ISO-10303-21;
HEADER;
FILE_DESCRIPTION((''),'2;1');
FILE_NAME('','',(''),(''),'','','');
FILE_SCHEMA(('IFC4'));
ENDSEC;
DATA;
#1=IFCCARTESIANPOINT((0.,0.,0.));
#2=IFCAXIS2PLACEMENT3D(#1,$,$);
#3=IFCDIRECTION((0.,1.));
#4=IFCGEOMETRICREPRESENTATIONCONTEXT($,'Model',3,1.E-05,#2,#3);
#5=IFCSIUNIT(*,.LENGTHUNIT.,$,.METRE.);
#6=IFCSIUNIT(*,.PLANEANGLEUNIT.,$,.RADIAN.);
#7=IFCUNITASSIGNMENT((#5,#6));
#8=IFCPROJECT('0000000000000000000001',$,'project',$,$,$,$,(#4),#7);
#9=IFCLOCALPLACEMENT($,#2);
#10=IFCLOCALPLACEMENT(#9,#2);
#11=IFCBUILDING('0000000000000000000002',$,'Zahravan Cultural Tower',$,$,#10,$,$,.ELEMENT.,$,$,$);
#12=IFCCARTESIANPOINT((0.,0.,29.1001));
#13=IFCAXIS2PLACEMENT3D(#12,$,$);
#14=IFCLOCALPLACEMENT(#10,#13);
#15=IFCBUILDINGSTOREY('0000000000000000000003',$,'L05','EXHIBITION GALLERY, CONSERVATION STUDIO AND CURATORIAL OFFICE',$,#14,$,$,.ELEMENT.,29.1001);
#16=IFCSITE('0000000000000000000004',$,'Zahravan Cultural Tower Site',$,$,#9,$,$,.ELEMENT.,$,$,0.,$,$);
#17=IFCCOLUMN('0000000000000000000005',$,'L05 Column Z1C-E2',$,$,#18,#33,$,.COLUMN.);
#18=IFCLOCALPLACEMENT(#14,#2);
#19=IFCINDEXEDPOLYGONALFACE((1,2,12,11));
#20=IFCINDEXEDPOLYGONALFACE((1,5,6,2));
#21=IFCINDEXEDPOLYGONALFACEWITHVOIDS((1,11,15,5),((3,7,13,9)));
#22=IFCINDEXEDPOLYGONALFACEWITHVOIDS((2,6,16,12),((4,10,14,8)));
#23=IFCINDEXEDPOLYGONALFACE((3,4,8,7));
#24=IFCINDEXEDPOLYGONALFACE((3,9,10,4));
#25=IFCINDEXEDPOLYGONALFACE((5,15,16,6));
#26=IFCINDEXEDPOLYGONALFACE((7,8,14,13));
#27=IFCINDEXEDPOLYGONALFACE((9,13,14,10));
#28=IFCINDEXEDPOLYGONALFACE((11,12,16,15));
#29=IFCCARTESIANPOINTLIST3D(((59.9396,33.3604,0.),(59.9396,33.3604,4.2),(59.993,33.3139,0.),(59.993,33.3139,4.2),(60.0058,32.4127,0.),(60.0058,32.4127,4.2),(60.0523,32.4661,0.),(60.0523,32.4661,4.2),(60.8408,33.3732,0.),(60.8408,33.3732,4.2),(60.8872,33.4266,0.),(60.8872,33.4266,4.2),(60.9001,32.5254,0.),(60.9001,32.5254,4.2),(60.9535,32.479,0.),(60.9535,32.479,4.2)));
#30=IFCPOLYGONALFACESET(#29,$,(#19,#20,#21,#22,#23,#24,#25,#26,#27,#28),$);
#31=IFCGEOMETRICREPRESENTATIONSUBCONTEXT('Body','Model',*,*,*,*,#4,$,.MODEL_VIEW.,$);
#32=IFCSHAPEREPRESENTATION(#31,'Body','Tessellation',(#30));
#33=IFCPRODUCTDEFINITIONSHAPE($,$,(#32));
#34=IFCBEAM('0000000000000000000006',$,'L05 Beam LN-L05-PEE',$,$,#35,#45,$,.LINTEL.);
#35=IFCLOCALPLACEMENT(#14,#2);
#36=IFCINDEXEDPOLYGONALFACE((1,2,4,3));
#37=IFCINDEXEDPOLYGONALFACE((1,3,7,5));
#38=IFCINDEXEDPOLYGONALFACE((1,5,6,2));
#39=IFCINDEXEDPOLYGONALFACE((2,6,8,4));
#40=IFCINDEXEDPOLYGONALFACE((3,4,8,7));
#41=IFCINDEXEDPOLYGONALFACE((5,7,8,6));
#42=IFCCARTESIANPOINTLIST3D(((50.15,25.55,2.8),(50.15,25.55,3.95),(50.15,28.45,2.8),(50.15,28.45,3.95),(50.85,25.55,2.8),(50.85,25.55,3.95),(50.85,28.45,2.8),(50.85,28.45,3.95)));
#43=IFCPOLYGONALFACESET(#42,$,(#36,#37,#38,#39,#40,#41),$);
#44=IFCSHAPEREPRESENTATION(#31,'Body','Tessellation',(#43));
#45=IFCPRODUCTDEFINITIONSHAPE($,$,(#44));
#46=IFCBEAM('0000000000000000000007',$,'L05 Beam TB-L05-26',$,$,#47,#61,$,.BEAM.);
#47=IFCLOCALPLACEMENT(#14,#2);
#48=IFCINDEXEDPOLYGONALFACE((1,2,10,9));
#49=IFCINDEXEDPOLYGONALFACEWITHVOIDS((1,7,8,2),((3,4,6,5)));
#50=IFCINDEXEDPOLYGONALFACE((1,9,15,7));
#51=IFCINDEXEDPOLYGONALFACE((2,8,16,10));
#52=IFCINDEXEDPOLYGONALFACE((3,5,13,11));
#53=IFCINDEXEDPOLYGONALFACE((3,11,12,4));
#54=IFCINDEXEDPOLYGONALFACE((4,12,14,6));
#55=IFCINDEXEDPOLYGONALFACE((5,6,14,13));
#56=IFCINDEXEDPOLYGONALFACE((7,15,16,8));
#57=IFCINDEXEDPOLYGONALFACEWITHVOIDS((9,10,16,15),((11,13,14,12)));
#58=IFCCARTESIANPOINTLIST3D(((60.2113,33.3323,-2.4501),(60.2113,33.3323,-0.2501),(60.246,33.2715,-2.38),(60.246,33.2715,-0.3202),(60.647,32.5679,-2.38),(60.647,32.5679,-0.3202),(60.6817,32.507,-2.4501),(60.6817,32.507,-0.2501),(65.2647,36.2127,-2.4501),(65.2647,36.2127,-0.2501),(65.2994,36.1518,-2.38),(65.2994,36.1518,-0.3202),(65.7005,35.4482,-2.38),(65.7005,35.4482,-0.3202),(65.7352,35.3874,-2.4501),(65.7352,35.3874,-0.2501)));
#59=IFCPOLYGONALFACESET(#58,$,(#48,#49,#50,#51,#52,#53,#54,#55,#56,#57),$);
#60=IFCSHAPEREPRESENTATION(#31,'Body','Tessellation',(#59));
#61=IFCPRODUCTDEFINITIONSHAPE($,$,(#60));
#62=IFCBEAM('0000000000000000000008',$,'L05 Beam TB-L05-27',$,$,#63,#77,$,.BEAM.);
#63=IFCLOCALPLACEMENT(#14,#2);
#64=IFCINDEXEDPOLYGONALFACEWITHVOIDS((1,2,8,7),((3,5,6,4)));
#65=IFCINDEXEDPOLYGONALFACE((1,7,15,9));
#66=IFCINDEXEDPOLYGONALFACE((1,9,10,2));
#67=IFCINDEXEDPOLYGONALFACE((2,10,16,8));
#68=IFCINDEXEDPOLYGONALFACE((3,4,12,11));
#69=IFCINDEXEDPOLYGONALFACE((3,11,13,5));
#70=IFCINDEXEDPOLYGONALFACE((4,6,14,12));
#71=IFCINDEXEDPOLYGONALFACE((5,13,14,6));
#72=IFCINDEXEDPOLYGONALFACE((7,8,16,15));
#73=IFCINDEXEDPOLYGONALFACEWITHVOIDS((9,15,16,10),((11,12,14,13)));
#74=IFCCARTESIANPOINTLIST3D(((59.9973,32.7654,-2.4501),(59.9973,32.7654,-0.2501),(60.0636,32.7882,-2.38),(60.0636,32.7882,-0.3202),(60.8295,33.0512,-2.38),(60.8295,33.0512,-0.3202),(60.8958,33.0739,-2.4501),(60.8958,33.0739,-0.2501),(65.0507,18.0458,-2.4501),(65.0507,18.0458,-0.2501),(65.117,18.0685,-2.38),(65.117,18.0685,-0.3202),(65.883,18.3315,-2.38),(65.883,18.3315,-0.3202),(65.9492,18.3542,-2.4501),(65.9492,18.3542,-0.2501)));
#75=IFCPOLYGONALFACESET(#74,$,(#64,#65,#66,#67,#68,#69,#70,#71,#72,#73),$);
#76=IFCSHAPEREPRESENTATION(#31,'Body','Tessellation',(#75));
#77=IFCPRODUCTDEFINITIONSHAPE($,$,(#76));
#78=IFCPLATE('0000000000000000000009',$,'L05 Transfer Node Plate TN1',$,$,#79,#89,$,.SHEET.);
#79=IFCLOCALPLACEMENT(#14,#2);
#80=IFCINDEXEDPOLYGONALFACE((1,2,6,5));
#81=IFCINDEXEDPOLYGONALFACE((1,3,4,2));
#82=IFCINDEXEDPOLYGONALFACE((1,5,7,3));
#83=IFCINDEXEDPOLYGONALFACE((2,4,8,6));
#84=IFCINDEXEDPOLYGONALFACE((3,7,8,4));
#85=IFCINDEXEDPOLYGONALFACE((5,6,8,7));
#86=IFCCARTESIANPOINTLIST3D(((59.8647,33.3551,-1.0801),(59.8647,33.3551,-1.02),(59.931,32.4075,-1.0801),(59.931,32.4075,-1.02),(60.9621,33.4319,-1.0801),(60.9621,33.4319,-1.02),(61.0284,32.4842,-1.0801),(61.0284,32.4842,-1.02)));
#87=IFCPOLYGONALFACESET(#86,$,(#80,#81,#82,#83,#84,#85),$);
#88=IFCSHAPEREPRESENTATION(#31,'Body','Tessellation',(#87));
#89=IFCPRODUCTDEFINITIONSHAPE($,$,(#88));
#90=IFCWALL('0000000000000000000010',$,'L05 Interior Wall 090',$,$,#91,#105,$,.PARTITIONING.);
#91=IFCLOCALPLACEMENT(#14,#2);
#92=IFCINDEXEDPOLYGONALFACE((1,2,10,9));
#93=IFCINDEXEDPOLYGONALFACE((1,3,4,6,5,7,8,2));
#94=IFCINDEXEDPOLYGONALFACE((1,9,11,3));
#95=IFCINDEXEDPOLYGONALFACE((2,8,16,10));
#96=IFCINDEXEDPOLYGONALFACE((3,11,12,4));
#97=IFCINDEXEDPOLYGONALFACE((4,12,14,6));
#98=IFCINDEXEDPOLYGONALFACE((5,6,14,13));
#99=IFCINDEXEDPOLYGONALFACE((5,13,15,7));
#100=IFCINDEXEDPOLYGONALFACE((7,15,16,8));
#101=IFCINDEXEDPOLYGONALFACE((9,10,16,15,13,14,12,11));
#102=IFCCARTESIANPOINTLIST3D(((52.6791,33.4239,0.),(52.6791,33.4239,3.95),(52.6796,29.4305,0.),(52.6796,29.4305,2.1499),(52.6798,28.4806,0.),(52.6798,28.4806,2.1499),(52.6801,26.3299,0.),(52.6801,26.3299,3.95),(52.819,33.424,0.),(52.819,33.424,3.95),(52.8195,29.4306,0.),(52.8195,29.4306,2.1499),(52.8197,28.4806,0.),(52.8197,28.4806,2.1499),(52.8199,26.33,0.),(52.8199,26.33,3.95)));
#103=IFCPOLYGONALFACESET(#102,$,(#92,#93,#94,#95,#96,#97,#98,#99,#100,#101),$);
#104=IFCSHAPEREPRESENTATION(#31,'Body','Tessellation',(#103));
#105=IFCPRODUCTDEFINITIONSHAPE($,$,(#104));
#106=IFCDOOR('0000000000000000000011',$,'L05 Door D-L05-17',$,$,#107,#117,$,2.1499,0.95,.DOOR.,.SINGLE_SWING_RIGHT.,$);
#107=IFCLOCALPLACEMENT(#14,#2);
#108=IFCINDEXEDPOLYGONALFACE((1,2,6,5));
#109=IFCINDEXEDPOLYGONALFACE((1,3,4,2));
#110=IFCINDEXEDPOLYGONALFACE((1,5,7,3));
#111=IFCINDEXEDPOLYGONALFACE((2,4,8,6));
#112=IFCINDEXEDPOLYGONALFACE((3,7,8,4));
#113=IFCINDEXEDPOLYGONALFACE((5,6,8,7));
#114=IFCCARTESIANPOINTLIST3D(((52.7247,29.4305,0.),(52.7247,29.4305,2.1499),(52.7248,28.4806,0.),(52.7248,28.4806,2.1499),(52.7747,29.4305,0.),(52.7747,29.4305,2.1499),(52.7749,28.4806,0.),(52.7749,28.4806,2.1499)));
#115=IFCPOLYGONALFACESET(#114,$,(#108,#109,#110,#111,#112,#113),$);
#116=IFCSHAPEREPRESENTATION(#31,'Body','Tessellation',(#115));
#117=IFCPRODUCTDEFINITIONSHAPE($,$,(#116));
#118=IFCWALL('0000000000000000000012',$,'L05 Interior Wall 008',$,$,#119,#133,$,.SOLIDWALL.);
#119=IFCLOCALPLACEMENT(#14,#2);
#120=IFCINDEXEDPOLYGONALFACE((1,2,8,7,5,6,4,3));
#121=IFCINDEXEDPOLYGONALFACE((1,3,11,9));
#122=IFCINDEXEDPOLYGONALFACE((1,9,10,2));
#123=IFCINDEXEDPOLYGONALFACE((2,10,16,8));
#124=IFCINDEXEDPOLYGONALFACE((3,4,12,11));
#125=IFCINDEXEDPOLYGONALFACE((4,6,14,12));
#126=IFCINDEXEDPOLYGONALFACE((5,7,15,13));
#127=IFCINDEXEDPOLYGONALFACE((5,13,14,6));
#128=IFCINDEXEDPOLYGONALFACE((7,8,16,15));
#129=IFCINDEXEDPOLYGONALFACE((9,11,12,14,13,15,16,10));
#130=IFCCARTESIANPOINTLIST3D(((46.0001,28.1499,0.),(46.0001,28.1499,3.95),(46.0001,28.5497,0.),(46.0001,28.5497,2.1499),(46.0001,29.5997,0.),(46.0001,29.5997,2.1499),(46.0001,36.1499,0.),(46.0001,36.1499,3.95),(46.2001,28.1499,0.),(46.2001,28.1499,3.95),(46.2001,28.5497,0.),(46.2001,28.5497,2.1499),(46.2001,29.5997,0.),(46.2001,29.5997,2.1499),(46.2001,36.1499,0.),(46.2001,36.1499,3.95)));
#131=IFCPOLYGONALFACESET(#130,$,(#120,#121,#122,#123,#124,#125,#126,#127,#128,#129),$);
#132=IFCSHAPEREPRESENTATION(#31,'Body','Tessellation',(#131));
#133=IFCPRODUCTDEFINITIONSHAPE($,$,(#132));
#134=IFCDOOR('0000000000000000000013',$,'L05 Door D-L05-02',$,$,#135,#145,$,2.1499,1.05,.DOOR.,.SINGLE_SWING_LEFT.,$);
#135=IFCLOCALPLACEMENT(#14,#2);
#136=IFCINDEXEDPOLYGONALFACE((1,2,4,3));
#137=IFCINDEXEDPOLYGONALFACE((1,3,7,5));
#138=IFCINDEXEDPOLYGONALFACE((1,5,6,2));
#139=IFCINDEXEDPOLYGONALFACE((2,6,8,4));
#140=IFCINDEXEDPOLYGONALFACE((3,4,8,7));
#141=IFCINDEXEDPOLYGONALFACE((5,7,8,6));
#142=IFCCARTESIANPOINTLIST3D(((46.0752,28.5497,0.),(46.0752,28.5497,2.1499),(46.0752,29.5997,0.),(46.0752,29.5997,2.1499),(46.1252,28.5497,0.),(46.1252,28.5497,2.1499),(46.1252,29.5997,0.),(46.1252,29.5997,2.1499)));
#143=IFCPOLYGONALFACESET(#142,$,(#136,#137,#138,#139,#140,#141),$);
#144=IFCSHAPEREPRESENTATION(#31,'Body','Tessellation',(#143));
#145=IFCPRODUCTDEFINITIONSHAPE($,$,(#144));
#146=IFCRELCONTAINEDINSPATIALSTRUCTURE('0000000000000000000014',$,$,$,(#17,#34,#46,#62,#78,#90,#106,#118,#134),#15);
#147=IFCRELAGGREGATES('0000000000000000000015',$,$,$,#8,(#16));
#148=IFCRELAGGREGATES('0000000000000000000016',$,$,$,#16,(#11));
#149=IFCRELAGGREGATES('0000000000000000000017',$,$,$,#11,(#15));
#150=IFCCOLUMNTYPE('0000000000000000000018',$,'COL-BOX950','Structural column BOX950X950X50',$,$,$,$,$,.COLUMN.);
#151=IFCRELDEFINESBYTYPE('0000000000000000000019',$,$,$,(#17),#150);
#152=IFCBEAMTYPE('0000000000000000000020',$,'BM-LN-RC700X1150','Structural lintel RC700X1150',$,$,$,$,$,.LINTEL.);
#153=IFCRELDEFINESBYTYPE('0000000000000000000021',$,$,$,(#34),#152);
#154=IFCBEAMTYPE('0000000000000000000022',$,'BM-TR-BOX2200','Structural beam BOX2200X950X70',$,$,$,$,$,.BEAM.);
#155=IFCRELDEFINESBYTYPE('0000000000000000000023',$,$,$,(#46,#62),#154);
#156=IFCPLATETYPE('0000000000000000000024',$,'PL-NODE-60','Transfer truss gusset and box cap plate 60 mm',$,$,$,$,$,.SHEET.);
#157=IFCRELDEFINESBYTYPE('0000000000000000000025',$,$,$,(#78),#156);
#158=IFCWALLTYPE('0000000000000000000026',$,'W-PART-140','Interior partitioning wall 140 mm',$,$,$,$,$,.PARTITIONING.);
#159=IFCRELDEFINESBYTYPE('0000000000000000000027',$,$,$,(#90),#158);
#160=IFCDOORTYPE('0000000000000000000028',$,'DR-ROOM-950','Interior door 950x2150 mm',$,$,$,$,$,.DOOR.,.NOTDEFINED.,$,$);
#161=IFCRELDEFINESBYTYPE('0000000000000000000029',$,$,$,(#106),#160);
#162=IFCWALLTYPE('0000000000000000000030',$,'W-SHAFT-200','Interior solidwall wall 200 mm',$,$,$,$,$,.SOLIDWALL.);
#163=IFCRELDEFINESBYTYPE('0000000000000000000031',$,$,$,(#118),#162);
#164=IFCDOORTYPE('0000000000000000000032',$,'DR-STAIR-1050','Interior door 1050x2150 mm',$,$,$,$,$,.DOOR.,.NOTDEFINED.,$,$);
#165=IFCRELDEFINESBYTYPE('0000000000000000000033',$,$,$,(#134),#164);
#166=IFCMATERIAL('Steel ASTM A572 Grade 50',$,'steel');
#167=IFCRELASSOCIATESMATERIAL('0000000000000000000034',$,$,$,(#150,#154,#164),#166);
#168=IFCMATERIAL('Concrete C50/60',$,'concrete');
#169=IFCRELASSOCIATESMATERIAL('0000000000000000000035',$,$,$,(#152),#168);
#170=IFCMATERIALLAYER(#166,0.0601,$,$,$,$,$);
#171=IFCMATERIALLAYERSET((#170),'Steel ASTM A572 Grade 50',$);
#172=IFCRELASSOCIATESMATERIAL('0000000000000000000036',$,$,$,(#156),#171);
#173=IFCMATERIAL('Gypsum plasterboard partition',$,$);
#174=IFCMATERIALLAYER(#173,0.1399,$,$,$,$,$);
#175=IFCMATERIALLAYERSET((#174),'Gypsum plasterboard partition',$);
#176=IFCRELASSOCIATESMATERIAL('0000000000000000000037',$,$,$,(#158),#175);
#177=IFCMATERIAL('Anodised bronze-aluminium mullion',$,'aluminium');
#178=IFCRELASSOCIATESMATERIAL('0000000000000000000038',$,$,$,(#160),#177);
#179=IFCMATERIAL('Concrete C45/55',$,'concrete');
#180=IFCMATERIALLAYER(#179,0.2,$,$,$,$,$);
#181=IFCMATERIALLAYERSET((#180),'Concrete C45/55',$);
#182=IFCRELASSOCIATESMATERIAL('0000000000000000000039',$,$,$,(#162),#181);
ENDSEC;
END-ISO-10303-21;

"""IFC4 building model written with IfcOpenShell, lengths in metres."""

from ifc_helpers import new_model, si_unit, direction, frame, frame_2d, origin, origin_2d, place, context, subcontext, project, spatial, rectangle, hollow_rectangle, extrude, source, transform, mapped, material, layer, layer_set, material_profile, profile_set, type_object, element, fill, save


model = new_model("IFC4")

# Units and contexts
model_context = context("Model", 3, precision=1e-05, world=origin(), true_north=direction((0.0, 1.0)))
body_context = subcontext(model_context, "Body", "Model", "MODEL_VIEW")
ifc_project = project(units=[si_unit("LENGTHUNIT", "METRE"), si_unit("PLANEANGLEUNIT", "RADIAN")], contexts=[model_context])

# Site, building, storey
site_placement = place(None, origin())
site = spatial("IfcSite", under=ifc_project, at=site_placement, Name="Zahravan Cultural Tower Site", CompositionType="ELEMENT", RefElevation=0.0)
building_placement = place(site_placement, origin())
building = spatial("IfcBuilding", under=site, at=building_placement, Name="Zahravan Cultural Tower", CompositionType="ELEMENT")
storey_placement = place(building_placement, frame((0.0, 0.0, 29.1001)))
storey = spatial("IfcBuildingStorey", under=building, at=storey_placement, Name="L05", Description="EXHIBITION GALLERY, CONSERVATION STUDIO AND CURATORIAL OFFICE", CompositionType="ELEMENT", Elevation=29.1001)

# Column
ifc_material_1 = material(Name="Steel ASTM A572 Grade 50", Category="steel")
ifc_material_profile_1 = material_profile(ifc_material_1, hollow_rectangle(XDim=0.95, YDim=0.95, WallThickness=0.05, at=origin_2d()), Name="BOX950X950X50")
ifc_profile_set_1 = profile_set([ifc_material_profile_1], Name="Steel ASTM A572 Grade 50")
column_type = type_object("IfcColumnType", Name="COL-BOX950", Description="Structural column BOX950X950X50", PredefinedType="COLUMN", material=ifc_profile_set_1)
shared_shape_1 = source(origin(), body_context, "Body", "SweptSolid", [
    extrude(hollow_rectangle(XDim=0.95, YDim=0.95, WallThickness=0.05, at=origin_2d()), origin(), (0.0, 0.0, 1.0), 4.2),
])
column_placement = place(storey_placement, frame((60.4465, 32.9197, 0.0), z_axis=(0.0, 0.0, 1.0), x_axis=(0.997564, 0.069756, 0.0)))
element("IfcColumn", 1, at=column_placement, inside=storey, type_object=column_type, Name="L05 Column Z1C-E2", PredefinedType="COLUMN", context=body_context, shape_type="MappedRepresentation", body=[
    mapped(shared_shape_1, transform((0.0, 0.0, 0.0), x_axis=(1.0, 0.0, 0.0), y_axis=(0.0, 1.0, 0.0), z_axis=(0.0, 0.0, 1.0), scale=1.0)),
])

# Beams
ifc_material_2 = material(Name="Concrete C50/60", Category="concrete")
ifc_material_profile_2 = material_profile(ifc_material_2, rectangle(XDim=0.7, YDim=1.1499, at=origin_2d()), Name="RC700X1150")
ifc_profile_set_2 = profile_set([ifc_material_profile_2], Name="Concrete C50/60")
beam_type_1 = type_object("IfcBeamType", Name="BM-LN-RC700X1150", Description="Structural lintel RC700X1150", PredefinedType="LINTEL", material=ifc_profile_set_2)
shared_shape_2 = source(origin(), body_context, "Body", "SweptSolid", [
    extrude(rectangle(XDim=0.7, YDim=1.1499, at=origin_2d()), origin(), (0.0, 0.0, 1.0), 2.8999),
])
beam_1_placement = place(storey_placement, frame((50.5, 25.55, 3.375), z_axis=(0.0, 1.0, 0.0), x_axis=(-1.0, 0.0, 0.0)))
element("IfcBeam", 2, at=beam_1_placement, inside=storey, type_object=beam_type_1, Name="L05 Beam LN-L05-PEE", PredefinedType="LINTEL", context=body_context, shape_type="MappedRepresentation", body=[
    mapped(shared_shape_2, transform((0.0, 0.0, 0.0), x_axis=(1.0, 0.0, 0.0), y_axis=(0.0, 1.0, 0.0), z_axis=(0.0, 0.0, 1.0), scale=1.0)),
])
ifc_material_profile_3 = material_profile(ifc_material_1, hollow_rectangle(XDim=0.95, YDim=2.2, WallThickness=0.0701, at=origin_2d()), Name="BOX2200X950X70")
ifc_profile_set_3 = profile_set([ifc_material_profile_3], Name="Steel ASTM A572 Grade 50")
beam_type_2 = type_object("IfcBeamType", Name="BM-TR-BOX2200", Description="Structural beam BOX2200X950X70", PredefinedType="BEAM", material=ifc_profile_set_3)
shared_shape_3 = source(origin(), body_context, "Body", "SweptSolid", [
    extrude(hollow_rectangle(XDim=0.95, YDim=2.2, WallThickness=0.0701, at=origin_2d()), origin(), (0.0, 0.0, 1.0), 5.8167),
])
beam_2_placement = place(storey_placement, frame((60.4465, 32.9197, -1.3501), z_axis=(0.868785, 0.495189, 0.0), x_axis=(-0.495189, 0.868785, 0.0)))
element("IfcBeam", 3, at=beam_2_placement, inside=storey, type_object=beam_type_2, Name="L05 Beam TB-L05-26", PredefinedType="BEAM", context=body_context, shape_type="MappedRepresentation", body=[
    mapped(shared_shape_3, transform((0.0, 0.0, 0.0), x_axis=(1.0, 0.0, 0.0), y_axis=(0.0, 1.0, 0.0), z_axis=(0.0, 0.0, 1.0), scale=1.0)),
])
shared_shape_4 = source(origin(), body_context, "Body", "SweptSolid", [
    extrude(hollow_rectangle(XDim=0.95, YDim=2.2, WallThickness=0.0701, at=origin_2d()), origin(), (0.0, 0.0, 1.0), 15.563),
])
beam_3_placement = place(storey_placement, frame((60.4465, 32.9197, -1.3501), z_axis=(0.32471, -0.945814, 0.0), x_axis=(0.945814, 0.32471, 0.0)))
element("IfcBeam", 4, at=beam_3_placement, inside=storey, type_object=beam_type_2, Name="L05 Beam TB-L05-27", PredefinedType="BEAM", context=body_context, shape_type="MappedRepresentation", body=[
    mapped(shared_shape_4, transform((0.0, 0.0, 0.0), x_axis=(1.0, 0.0, 0.0), y_axis=(0.0, 1.0, 0.0), z_axis=(0.0, 0.0, 1.0), scale=1.0)),
])

# Plate
ifc_layer_1 = layer(ifc_material_1, 0.0601)
ifc_layer_set_1 = layer_set([ifc_layer_1], Name="Steel ASTM A572 Grade 50")
plate_type = type_object("IfcPlateType", Name="PL-NODE-60", Description="Transfer truss gusset and box cap plate 60 mm", PredefinedType="SHEET", material=ifc_layer_set_1)
shared_shape_5 = source(origin(), body_context, "Body", "SweptSolid", [
    extrude(rectangle(XDim=1.1001, YDim=0.95, at=origin_2d()), origin(), (0.0, 0.0, 1.0), 0.0601),
])
plate_placement = place(storey_placement, frame((60.4465, 32.9197, -1.0801), z_axis=(0.0, 0.0, 1.0), x_axis=(0.997564, 0.069756, 0.0)))
element("IfcPlate", 5, at=plate_placement, inside=storey, type_object=plate_type, Name="L05 Transfer Node Plate TN1", PredefinedType="SHEET", context=body_context, shape_type="MappedRepresentation", body=[
    mapped(shared_shape_5, transform((0.0, 0.0, 0.0), x_axis=(1.0, 0.0, 0.0), y_axis=(0.0, 1.0, 0.0), z_axis=(0.0, 0.0, 1.0), scale=1.0)),
])

# Walls, openings, doors
ifc_material_3 = material(Name="Gypsum plasterboard partition")
ifc_layer_2 = layer(ifc_material_3, 0.1399)
ifc_layer_set_2 = layer_set([ifc_layer_2], Name="Gypsum plasterboard partition")
wall_type_1 = type_object("IfcWallType", Name="W-PART-140", Description="Interior partitioning wall 140 mm", PredefinedType="PARTITIONING", material=ifc_layer_set_2)
wall_1_placement = place(storey_placement, frame((52.75, 26.3301, 0.0), z_axis=(0.0, 0.0, 1.0), x_axis=(-0.000138, 1.0, 0.0)))
wall_1 = element("IfcWall", 6, at=wall_1_placement, inside=storey, type_object=wall_type_1, Name="L05 Interior Wall 090", PredefinedType="PARTITIONING", context=body_context, shape_type="SweptSolid", body=[
    extrude(rectangle(XDim=7.094, YDim=0.1399, at=frame_2d((3.5469, 0.0))), origin(), (0.0, 0.0, 1.0), 3.95),
])
opening_1_placement = place(wall_1_placement, frame((2.1504, 0.0, 0.0)))
opening_1 = element("IfcOpeningElement", 7, at=opening_1_placement, cuts=wall_1, PredefinedType="OPENING", context=body_context, shape_type="SweptSolid", body=[
    extrude(rectangle(XDim=0.95, YDim=2.1499, at=frame_2d((0.4751, 1.075))), frame((0.0, 0.0798, 0.0), z_axis=(0.0, -1.0, 0.0), x_axis=(1.0, 0.0, 0.0)), (0.0, 0.0, 1.0), 0.1599),
])
ifc_material_4 = material(Name="Anodised bronze-aluminium mullion", Category="aluminium")
door_type_1 = type_object("IfcDoorType", Name="DR-ROOM-950", Description="Interior door 950x2150 mm", OperationType="NOTDEFINED", PredefinedType="DOOR", material=ifc_material_4)
shared_shape_6 = source(origin(), body_context, "Body", "SweptSolid", [
    extrude(rectangle(XDim=0.95, YDim=2.1499, at=frame_2d((0.4751, 1.075))), frame((0.0, 0.0249, 0.0), z_axis=(0.0, -1.0, 0.0), x_axis=(1.0, 0.0, 0.0)), (0.0, 0.0, 1.0), 0.05),
])
door_1_placement = place(opening_1_placement, origin())
door_1 = element("IfcDoor", 8, at=door_1_placement, inside=storey, type_object=door_type_1, Name="L05 Door D-L05-17", OperationType="SINGLE_SWING_RIGHT", OverallHeight=2.1499, OverallWidth=0.95, PredefinedType="DOOR", context=body_context, shape_type="MappedRepresentation", body=[
    mapped(shared_shape_6, transform((0.0, 0.0, 0.0), x_axis=(1.0, 0.0, 0.0), y_axis=(0.0, 1.0, 0.0), z_axis=(0.0, 0.0, 1.0), scale=1.0)),
])
fill(opening_1, door_1)
ifc_material_5 = material(Name="Concrete C45/55", Category="concrete")
ifc_layer_3 = layer(ifc_material_5, 0.2)
ifc_layer_set_3 = layer_set([ifc_layer_3], Name="Concrete C45/55")
wall_type_2 = type_object("IfcWallType", Name="W-SHAFT-200", Description="Interior solidwall wall 200 mm", PredefinedType="SOLIDWALL", material=ifc_layer_set_3)
wall_2_placement = place(storey_placement, frame((46.1001, 28.1499, 0.0), z_axis=(0.0, 0.0, 1.0), x_axis=(0.0, 1.0, 0.0)))
wall_2 = element("IfcWall", 9, at=wall_2_placement, inside=storey, type_object=wall_type_2, Name="L05 Interior Wall 008", PredefinedType="SOLIDWALL", context=body_context, shape_type="SweptSolid", body=[
    extrude(rectangle(XDim=8.0, YDim=0.2, at=frame_2d((4.0, 0.0))), origin(), (0.0, 0.0, 1.0), 3.95),
])
opening_2_placement = place(wall_2_placement, frame((0.3999, 0.0, 0.0)))
opening_2 = element("IfcOpeningElement", 10, at=opening_2_placement, cuts=wall_2, PredefinedType="OPENING", context=body_context, shape_type="SweptSolid", body=[
    extrude(rectangle(XDim=1.05, YDim=2.1499, at=frame_2d((0.5249, 1.075))), frame((0.0, 0.1099, 0.0), z_axis=(0.0, -1.0, 0.0), x_axis=(1.0, 0.0, 0.0)), (0.0, 0.0, 1.0), 0.22),
])
door_type_2 = type_object("IfcDoorType", Name="DR-STAIR-1050", Description="Interior door 1050x2150 mm", OperationType="NOTDEFINED", PredefinedType="DOOR", material=ifc_material_1)
shared_shape_7 = source(origin(), body_context, "Body", "SweptSolid", [
    extrude(rectangle(XDim=1.05, YDim=2.1499, at=frame_2d((0.5249, 1.075))), frame((0.0, 0.0249, 0.0), z_axis=(0.0, -1.0, 0.0), x_axis=(1.0, 0.0, 0.0)), (0.0, 0.0, 1.0), 0.05),
])
door_2_placement = place(opening_2_placement, origin())
door_2 = element("IfcDoor", 11, at=door_2_placement, inside=storey, type_object=door_type_2, Name="L05 Door D-L05-02", OperationType="SINGLE_SWING_LEFT", OverallHeight=2.1499, OverallWidth=1.05, PredefinedType="DOOR", context=body_context, shape_type="MappedRepresentation", body=[
    mapped(shared_shape_7, transform((0.0, 0.0, 0.0), x_axis=(1.0, 0.0, 0.0), y_axis=(0.0, 1.0, 0.0), z_axis=(0.0, 0.0, 1.0), scale=1.0)),
])
fill(opening_2, door_2)

save(model, "model.ifc")
